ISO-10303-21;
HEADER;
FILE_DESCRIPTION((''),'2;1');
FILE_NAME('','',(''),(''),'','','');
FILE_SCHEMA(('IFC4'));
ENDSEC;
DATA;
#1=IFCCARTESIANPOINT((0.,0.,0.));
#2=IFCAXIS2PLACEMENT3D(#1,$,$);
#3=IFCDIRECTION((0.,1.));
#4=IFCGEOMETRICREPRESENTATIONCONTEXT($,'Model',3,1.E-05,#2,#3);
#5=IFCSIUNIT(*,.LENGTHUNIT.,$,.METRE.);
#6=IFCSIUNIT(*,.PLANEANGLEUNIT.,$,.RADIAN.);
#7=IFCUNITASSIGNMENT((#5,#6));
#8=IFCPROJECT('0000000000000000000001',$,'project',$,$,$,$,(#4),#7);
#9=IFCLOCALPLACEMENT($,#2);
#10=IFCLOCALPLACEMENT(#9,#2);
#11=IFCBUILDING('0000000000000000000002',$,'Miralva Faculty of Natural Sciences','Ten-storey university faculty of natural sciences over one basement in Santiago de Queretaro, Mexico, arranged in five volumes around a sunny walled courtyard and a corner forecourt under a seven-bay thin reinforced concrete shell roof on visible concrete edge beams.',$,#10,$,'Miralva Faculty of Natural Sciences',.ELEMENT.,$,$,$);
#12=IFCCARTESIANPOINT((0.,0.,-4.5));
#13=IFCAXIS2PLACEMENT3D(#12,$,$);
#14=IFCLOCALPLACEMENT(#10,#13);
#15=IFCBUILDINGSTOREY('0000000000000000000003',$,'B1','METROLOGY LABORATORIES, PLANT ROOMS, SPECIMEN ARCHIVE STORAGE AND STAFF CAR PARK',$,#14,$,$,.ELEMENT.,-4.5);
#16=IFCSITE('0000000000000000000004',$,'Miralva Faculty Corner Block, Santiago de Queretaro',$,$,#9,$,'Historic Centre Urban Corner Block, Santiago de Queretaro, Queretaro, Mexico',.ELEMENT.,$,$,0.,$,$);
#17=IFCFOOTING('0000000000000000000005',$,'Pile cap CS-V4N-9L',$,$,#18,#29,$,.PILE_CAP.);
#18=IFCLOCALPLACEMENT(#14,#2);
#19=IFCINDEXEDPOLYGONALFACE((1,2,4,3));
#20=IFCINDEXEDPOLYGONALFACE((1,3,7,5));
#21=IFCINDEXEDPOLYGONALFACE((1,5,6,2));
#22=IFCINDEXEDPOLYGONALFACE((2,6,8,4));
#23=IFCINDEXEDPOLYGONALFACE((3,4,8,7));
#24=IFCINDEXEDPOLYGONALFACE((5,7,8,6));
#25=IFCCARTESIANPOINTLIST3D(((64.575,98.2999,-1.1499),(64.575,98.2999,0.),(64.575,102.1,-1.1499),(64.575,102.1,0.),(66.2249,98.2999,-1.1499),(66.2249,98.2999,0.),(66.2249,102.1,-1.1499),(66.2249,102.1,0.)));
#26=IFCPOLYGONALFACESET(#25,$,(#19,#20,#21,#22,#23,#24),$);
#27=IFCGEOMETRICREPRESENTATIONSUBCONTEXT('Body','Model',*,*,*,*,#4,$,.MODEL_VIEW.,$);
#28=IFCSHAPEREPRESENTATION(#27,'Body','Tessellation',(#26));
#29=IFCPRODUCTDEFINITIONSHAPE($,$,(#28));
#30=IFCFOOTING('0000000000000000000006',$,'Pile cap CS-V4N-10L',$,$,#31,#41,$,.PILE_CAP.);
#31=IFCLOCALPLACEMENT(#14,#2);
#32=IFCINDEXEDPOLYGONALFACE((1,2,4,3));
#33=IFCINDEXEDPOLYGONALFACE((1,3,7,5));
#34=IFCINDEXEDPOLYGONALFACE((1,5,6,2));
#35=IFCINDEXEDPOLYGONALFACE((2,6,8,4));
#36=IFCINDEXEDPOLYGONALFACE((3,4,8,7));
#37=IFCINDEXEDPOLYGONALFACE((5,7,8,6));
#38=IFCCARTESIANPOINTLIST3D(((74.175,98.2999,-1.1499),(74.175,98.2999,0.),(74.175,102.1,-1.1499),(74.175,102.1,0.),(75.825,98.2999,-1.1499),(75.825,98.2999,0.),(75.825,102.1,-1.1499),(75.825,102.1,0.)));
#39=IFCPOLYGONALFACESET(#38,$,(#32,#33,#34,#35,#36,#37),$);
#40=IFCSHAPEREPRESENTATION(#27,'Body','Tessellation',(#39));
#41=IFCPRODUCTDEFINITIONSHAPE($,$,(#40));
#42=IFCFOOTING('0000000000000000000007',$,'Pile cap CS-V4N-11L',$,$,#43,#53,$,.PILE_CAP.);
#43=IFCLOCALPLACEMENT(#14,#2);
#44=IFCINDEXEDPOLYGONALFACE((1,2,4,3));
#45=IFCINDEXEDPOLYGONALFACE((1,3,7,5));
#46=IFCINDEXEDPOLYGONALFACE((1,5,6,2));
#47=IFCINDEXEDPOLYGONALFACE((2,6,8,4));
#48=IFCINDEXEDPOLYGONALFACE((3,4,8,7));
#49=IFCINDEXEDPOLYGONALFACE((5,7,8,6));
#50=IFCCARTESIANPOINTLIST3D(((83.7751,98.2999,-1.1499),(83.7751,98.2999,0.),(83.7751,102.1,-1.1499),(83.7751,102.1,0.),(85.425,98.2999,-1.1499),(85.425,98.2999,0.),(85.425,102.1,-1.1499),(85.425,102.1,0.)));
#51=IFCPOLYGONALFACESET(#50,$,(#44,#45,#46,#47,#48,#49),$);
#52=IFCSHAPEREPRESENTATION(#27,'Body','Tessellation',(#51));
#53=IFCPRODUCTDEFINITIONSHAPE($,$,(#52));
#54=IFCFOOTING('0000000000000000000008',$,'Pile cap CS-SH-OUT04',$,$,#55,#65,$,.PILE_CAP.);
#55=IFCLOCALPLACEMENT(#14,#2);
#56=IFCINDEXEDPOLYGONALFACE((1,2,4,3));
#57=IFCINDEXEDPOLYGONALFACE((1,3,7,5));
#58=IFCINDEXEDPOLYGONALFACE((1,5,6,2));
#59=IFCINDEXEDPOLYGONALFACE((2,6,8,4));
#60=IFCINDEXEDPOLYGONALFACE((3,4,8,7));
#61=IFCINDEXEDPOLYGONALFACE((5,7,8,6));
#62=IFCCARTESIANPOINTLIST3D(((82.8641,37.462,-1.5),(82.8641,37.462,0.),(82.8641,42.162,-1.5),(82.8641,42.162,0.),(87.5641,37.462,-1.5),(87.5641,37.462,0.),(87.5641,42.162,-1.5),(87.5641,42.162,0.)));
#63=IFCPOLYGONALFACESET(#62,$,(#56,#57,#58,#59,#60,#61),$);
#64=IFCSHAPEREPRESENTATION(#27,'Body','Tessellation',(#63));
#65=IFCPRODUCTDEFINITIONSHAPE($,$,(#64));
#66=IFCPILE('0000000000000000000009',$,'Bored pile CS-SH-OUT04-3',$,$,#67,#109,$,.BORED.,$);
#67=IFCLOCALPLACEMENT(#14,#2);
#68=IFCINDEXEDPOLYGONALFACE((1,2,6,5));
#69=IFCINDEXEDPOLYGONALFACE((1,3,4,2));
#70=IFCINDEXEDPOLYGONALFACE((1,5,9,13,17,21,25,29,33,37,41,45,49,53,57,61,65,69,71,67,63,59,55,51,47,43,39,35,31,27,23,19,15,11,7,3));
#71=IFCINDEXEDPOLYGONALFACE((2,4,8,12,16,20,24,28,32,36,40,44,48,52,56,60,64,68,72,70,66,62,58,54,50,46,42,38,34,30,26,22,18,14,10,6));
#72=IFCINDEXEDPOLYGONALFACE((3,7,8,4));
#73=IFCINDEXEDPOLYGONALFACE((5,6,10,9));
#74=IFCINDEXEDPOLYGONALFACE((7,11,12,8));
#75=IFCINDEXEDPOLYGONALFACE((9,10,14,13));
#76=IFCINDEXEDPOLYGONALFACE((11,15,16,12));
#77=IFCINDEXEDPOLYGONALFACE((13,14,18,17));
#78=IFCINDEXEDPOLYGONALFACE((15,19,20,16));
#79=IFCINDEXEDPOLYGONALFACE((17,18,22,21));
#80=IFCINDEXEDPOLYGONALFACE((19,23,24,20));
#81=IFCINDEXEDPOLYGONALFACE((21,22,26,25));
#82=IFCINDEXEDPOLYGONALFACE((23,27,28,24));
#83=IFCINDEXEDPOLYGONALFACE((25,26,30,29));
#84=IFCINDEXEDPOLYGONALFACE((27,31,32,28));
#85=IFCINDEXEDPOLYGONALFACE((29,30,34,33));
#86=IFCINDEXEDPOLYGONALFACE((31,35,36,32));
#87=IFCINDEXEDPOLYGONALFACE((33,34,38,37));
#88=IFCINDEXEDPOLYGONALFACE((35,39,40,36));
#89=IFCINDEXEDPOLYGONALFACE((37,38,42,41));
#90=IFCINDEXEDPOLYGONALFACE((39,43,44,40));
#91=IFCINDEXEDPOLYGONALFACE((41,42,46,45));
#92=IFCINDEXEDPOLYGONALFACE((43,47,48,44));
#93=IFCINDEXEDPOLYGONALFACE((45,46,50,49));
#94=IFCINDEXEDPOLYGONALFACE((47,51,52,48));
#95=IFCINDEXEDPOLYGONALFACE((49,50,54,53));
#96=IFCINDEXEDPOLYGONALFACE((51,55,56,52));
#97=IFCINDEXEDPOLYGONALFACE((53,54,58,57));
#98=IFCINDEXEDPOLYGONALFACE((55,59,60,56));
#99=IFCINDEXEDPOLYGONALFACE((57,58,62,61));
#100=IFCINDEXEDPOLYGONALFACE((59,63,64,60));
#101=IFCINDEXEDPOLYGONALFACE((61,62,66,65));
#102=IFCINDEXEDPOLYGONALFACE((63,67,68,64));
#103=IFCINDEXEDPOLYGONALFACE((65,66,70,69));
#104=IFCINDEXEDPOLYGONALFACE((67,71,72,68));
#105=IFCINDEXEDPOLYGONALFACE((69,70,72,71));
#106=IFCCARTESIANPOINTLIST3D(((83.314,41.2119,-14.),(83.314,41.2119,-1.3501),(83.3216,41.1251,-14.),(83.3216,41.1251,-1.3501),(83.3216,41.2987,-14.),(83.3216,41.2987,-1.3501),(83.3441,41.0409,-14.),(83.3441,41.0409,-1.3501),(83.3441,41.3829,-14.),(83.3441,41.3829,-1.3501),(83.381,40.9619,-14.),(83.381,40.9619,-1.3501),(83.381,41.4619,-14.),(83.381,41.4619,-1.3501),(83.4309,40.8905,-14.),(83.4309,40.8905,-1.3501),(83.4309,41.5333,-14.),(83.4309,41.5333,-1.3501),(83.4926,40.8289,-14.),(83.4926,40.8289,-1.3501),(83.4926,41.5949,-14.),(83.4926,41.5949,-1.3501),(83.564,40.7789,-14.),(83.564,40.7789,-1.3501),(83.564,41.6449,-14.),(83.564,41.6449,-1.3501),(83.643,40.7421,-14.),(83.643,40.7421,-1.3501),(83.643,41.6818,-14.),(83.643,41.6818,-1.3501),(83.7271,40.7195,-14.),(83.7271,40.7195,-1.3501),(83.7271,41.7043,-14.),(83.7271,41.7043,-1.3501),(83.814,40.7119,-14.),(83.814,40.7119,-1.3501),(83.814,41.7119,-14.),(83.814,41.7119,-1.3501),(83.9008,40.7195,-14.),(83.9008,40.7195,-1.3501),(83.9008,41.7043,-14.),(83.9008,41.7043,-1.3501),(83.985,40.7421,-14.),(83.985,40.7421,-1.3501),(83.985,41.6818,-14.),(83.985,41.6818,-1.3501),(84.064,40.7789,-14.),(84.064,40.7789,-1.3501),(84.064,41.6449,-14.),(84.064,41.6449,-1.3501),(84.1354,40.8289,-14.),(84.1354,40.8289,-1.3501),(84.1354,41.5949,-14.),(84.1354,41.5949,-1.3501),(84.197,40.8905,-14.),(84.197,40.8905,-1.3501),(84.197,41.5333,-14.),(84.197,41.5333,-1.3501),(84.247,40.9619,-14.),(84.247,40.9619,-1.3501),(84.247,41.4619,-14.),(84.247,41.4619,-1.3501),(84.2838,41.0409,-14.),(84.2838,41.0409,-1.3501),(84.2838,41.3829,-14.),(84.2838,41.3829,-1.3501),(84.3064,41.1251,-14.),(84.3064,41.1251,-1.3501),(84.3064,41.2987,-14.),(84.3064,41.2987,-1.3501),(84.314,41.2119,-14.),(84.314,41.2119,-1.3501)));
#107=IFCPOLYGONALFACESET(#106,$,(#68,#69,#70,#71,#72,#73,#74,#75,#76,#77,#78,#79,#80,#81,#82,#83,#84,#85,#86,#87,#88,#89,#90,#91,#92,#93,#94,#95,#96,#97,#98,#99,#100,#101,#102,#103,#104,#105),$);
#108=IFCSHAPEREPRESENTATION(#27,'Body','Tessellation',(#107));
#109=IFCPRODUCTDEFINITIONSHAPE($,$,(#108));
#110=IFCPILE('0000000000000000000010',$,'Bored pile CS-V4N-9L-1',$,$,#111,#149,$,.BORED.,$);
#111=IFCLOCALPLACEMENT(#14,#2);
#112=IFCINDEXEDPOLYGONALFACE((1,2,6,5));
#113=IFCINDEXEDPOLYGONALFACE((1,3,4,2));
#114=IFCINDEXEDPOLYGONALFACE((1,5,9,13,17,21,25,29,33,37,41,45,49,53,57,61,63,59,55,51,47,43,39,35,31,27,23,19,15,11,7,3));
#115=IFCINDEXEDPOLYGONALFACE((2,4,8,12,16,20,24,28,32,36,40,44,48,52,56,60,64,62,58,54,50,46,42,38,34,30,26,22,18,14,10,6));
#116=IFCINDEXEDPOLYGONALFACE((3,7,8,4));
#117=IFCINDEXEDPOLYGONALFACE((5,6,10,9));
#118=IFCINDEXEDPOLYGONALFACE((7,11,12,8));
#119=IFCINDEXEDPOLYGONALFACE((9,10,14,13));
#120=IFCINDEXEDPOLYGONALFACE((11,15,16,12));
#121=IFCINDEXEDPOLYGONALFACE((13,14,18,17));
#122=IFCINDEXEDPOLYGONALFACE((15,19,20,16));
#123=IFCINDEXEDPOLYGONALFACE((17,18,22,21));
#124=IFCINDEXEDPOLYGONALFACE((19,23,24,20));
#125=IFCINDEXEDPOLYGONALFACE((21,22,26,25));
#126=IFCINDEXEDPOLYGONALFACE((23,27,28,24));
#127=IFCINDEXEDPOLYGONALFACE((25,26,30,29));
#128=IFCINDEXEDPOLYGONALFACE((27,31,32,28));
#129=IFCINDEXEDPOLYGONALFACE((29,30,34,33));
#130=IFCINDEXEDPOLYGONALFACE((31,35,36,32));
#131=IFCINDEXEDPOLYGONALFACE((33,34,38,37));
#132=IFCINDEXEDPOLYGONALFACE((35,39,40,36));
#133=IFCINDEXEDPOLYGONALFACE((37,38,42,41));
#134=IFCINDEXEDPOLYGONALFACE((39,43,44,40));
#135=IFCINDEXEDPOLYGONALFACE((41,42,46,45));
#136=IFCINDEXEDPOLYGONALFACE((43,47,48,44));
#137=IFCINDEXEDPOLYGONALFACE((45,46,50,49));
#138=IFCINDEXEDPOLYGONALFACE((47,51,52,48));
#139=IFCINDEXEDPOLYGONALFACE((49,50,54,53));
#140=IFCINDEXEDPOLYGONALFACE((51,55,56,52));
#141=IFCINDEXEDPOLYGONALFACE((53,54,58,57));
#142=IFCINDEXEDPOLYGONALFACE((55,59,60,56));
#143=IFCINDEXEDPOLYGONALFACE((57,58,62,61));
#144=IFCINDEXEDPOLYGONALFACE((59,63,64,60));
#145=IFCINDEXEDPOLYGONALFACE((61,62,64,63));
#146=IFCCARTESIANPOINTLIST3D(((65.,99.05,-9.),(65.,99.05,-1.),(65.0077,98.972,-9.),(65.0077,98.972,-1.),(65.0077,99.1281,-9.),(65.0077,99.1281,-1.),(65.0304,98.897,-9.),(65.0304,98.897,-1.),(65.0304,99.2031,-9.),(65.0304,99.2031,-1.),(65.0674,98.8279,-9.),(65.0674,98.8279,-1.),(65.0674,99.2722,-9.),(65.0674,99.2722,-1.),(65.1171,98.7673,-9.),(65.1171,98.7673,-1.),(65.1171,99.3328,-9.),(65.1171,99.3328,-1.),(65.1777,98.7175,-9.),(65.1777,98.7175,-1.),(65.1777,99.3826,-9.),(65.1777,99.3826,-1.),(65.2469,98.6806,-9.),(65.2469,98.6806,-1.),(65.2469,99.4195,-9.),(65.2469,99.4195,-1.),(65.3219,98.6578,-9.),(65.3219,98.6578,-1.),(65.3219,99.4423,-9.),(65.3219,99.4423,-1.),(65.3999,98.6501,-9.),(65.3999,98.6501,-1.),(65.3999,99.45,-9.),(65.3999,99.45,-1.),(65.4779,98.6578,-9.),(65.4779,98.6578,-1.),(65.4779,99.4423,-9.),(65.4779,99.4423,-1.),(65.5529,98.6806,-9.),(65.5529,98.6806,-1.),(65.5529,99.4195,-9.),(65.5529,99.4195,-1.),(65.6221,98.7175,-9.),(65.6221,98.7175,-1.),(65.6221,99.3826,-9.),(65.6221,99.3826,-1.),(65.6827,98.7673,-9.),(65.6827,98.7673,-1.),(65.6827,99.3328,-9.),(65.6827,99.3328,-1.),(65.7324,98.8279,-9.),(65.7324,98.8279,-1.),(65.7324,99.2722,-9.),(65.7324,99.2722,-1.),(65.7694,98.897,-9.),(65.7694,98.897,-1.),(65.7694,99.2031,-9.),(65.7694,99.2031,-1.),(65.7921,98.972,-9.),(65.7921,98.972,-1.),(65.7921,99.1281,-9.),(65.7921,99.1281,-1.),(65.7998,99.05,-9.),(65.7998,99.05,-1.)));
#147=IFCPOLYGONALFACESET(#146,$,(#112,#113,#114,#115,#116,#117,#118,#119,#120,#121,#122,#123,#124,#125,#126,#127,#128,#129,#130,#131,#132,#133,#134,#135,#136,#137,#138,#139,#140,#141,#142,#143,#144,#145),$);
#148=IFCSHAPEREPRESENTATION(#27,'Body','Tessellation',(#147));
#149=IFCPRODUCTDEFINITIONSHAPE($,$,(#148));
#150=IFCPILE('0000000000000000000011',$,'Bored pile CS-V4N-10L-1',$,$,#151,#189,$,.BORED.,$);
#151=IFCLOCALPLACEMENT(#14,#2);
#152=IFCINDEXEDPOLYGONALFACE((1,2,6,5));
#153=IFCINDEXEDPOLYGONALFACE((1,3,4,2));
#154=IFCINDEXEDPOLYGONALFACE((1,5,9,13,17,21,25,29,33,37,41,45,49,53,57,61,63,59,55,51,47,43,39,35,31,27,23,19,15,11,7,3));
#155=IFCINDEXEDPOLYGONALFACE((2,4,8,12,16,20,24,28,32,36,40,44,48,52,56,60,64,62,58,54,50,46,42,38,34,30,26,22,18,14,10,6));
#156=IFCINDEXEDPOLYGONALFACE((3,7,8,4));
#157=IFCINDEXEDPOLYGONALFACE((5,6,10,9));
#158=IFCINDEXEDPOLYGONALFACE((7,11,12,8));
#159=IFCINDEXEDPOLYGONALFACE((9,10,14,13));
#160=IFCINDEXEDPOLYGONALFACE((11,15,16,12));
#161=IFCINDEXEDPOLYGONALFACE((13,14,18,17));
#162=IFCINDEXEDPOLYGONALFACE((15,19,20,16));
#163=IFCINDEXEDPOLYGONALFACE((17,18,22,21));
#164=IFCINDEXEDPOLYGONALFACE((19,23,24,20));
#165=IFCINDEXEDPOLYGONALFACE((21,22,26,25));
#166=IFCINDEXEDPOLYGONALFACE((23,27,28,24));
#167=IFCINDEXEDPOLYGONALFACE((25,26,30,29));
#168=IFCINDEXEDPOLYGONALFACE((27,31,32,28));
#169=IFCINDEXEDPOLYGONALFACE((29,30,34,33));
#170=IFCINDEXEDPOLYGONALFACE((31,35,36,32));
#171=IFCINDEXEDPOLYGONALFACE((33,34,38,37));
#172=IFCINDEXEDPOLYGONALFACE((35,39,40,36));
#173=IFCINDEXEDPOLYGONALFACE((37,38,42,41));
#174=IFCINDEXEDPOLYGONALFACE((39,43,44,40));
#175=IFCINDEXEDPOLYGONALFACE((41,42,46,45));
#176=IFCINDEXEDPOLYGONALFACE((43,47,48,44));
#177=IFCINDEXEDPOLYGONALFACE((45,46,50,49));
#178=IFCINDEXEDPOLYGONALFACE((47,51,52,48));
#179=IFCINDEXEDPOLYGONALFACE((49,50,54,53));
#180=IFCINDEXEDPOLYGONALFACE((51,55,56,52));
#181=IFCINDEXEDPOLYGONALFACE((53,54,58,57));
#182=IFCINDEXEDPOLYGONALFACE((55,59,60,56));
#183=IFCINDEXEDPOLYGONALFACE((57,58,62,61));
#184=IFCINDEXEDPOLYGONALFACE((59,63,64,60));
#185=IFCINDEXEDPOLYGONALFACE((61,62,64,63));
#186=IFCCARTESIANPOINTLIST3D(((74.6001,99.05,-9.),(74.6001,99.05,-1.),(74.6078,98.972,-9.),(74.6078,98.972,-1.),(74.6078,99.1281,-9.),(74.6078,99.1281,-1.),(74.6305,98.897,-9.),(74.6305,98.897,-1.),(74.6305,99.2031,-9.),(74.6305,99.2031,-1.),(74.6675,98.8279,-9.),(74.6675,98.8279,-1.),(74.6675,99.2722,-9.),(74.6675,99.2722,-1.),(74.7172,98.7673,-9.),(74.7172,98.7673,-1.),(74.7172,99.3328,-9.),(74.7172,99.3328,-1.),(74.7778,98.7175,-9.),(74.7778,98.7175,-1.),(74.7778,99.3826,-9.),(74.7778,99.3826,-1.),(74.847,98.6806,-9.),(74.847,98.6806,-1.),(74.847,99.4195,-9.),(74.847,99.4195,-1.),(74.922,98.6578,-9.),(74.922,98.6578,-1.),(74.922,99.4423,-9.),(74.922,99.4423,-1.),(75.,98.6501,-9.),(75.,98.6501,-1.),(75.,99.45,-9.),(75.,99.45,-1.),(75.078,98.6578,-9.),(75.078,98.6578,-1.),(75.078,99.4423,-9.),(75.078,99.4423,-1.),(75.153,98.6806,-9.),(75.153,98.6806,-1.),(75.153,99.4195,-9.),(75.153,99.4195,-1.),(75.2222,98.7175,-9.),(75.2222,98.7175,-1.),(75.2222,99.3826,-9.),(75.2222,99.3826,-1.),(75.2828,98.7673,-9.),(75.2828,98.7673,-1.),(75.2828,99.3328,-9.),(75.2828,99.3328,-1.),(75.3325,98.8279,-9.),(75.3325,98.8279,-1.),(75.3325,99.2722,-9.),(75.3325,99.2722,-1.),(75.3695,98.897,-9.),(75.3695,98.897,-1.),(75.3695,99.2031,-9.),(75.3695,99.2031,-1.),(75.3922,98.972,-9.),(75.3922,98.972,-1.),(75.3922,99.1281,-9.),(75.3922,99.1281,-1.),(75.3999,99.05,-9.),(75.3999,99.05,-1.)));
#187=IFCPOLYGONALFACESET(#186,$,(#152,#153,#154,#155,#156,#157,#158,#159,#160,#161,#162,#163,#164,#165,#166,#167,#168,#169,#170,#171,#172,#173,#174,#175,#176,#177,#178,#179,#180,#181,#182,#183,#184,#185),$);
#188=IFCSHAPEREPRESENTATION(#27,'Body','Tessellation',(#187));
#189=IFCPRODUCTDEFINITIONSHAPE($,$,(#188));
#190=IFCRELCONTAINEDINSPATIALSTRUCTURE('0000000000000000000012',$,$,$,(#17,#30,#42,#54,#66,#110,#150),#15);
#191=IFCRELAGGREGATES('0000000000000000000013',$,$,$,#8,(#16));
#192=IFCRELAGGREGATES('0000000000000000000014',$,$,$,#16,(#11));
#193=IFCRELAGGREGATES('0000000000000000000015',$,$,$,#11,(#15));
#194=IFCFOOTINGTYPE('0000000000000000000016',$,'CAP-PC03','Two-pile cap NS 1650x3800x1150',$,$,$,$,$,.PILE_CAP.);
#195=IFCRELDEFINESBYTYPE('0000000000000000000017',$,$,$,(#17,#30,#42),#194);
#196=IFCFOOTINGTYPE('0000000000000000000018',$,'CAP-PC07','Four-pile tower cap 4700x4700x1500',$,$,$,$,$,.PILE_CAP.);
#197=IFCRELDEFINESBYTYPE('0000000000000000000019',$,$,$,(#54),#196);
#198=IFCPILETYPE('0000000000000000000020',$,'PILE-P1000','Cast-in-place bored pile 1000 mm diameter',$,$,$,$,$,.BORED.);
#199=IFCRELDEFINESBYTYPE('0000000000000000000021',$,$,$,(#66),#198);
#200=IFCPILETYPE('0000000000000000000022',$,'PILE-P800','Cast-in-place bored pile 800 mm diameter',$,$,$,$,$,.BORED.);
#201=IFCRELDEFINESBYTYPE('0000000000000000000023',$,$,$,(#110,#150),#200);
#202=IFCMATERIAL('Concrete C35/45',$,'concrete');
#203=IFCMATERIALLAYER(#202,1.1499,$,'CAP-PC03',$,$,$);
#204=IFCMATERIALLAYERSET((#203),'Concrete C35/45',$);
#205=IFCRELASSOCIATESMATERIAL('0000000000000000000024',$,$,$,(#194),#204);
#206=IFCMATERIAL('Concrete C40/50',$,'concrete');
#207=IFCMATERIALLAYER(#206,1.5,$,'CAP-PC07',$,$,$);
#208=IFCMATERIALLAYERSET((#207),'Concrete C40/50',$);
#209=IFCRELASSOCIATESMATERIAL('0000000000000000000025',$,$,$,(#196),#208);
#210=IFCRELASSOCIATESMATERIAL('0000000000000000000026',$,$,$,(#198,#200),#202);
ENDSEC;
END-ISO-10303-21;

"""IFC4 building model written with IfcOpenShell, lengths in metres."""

from ifc_helpers import new_model, si_unit, direction, frame, origin, origin_2d, place, context, subcontext, project, spatial, rectangle, circle, extrude, material, layer, layer_set, material_profile, profile_set, type_object, element, save


model = new_model("IFC4")

# Units and contexts
model_context = context("Model", 3, precision=1e-05, world=origin(), true_north=direction((0.0, 1.0)))
body_context = subcontext(model_context, "Body", "Model", "MODEL_VIEW")
ifc_project = project(units=[si_unit("LENGTHUNIT", "METRE"), si_unit("PLANEANGLEUNIT", "RADIAN")], contexts=[model_context])

# Site, building, storey
site_placement = place(None, origin())
site = spatial("IfcSite", under=ifc_project, at=site_placement, Name="Miralva Faculty Corner Block, Santiago de Queretaro", LongName="Historic Centre Urban Corner Block, Santiago de Queretaro, Queretaro, Mexico", CompositionType="ELEMENT", RefElevation=0.0)
building_placement = place(site_placement, origin())
building = spatial("IfcBuilding", under=site, at=building_placement, Name="Miralva Faculty of Natural Sciences", Description="Ten-storey university faculty of natural sciences over one basement in Santiago de Queretaro, Mexico, arranged in five volumes around a sunny walled courtyard and a corner forecourt under a seven-bay thin reinforced concrete shell roof on visible concrete edge beams.", LongName="Miralva Faculty of Natural Sciences", CompositionType="ELEMENT")
storey_placement = place(building_placement, frame((0.0, 0.0, -4.5)))
storey = spatial("IfcBuildingStorey", under=building, at=storey_placement, Name="B1", Description="METROLOGY LABORATORIES, PLANT ROOMS, SPECIMEN ARCHIVE STORAGE AND STAFF CAR PARK", CompositionType="ELEMENT", Elevation=-4.5)

# Footings
ifc_material_1 = material(Name="Concrete C35/45", Category="concrete")
ifc_layer_1 = layer(ifc_material_1, 1.1499, Name="CAP-PC03")
ifc_layer_set_1 = layer_set([ifc_layer_1], Name="Concrete C35/45")
footing_type_1 = type_object("IfcFootingType", Name="CAP-PC03", Description="Two-pile cap NS 1650x3800x1150", PredefinedType="PILE_CAP", material=ifc_layer_set_1)
for number, where, z_axis, x_axis, name in (
    (1, (65.3999, 100.2, -1.1499), (0.0, 0.0, 1.0), (1.0, 0.0, 0.0), "Pile cap CS-V4N-9L"),
    (2, (75.0, 100.2, -1.1499), (0.0, 0.0, 1.0), (1.0, 0.0, 0.0), "Pile cap CS-V4N-10L"),
    (3, (84.6001, 100.2, -1.1499), (0.0, 0.0, 1.0), (1.0, 0.0, 0.0), "Pile cap CS-V4N-11L"),
):
    element("IfcFooting", number, at=place(storey_placement, frame(where, z_axis=z_axis, x_axis=x_axis)), inside=storey, type_object=footing_type_1, Name=name, PredefinedType="PILE_CAP", context=body_context, shape_type="SweptSolid", body=[
        extrude(rectangle(XDim=1.6499, YDim=3.8, at=origin_2d()), origin(), (0.0, 0.0, 1.0), 1.1499),
    ])
ifc_material_2 = material(Name="Concrete C40/50", Category="concrete")
ifc_layer_2 = layer(ifc_material_2, 1.5, Name="CAP-PC07")
ifc_layer_set_2 = layer_set([ifc_layer_2], Name="Concrete C40/50")
footing_type_2 = type_object("IfcFootingType", Name="CAP-PC07", Description="Four-pile tower cap 4700x4700x1500", PredefinedType="PILE_CAP", material=ifc_layer_set_2)
footing_1_placement = place(storey_placement, frame((85.2141, 39.812, -1.5), z_axis=(0.0, 0.0, 1.0), x_axis=(1.0, 0.0, 0.0)))
element("IfcFooting", 4, at=footing_1_placement, inside=storey, type_object=footing_type_2, Name="Pile cap CS-SH-OUT04", PredefinedType="PILE_CAP", context=body_context, shape_type="SweptSolid", body=[
    extrude(rectangle(XDim=4.7, YDim=4.7, at=origin_2d()), origin(), (0.0, 0.0, 1.0), 1.5),
])

# Piles
ifc_material_profile_1 = material_profile(ifc_material_1, circle(Radius=0.5, at=origin_2d()), Name="BORED PILE 1000")
ifc_profile_set_1 = profile_set([ifc_material_profile_1], Name="Concrete C35/45")
pile_type_1 = type_object("IfcPileType", Name="PILE-P1000", Description="Cast-in-place bored pile 1000 mm diameter", PredefinedType="BORED", material=ifc_profile_set_1)
pile_placement = place(storey_placement, frame((83.814, 41.2119, -1.3501), z_axis=(0.0, 0.0, -1.0), x_axis=(1.0, 0.0, 0.0)))
element("IfcPile", 5, at=pile_placement, inside=storey, type_object=pile_type_1, Name="Bored pile CS-SH-OUT04-3", PredefinedType="BORED", context=body_context, shape_type="SweptSolid", body=[
    extrude(circle(Radius=0.5, at=origin_2d()), origin(), (0.0, 0.0, 1.0), 12.6499),
])
ifc_material_profile_2 = material_profile(ifc_material_1, circle(Radius=0.3999, at=origin_2d()), Name="BORED PILE 800")
ifc_profile_set_2 = profile_set([ifc_material_profile_2], Name="Concrete C35/45")
pile_type_2 = type_object("IfcPileType", Name="PILE-P800", Description="Cast-in-place bored pile 800 mm diameter", PredefinedType="BORED", material=ifc_profile_set_2)
for number, where, z_axis, x_axis, name in (
    (6, (65.3999, 99.05, -1.0), (0.0, 0.0, -1.0), (1.0, 0.0, 0.0), "Bored pile CS-V4N-9L-1"),
    (7, (75.0, 99.05, -1.0), (0.0, 0.0, -1.0), (1.0, 0.0, 0.0), "Bored pile CS-V4N-10L-1"),
):
    element("IfcPile", number, at=place(storey_placement, frame(where, z_axis=z_axis, x_axis=x_axis)), inside=storey, type_object=pile_type_2, Name=name, PredefinedType="BORED", context=body_context, shape_type="SweptSolid", body=[
        extrude(circle(Radius=0.3999, at=origin_2d()), origin(), (0.0, 0.0, 1.0), 8.0),
    ])

save(model, "model.ifc")
